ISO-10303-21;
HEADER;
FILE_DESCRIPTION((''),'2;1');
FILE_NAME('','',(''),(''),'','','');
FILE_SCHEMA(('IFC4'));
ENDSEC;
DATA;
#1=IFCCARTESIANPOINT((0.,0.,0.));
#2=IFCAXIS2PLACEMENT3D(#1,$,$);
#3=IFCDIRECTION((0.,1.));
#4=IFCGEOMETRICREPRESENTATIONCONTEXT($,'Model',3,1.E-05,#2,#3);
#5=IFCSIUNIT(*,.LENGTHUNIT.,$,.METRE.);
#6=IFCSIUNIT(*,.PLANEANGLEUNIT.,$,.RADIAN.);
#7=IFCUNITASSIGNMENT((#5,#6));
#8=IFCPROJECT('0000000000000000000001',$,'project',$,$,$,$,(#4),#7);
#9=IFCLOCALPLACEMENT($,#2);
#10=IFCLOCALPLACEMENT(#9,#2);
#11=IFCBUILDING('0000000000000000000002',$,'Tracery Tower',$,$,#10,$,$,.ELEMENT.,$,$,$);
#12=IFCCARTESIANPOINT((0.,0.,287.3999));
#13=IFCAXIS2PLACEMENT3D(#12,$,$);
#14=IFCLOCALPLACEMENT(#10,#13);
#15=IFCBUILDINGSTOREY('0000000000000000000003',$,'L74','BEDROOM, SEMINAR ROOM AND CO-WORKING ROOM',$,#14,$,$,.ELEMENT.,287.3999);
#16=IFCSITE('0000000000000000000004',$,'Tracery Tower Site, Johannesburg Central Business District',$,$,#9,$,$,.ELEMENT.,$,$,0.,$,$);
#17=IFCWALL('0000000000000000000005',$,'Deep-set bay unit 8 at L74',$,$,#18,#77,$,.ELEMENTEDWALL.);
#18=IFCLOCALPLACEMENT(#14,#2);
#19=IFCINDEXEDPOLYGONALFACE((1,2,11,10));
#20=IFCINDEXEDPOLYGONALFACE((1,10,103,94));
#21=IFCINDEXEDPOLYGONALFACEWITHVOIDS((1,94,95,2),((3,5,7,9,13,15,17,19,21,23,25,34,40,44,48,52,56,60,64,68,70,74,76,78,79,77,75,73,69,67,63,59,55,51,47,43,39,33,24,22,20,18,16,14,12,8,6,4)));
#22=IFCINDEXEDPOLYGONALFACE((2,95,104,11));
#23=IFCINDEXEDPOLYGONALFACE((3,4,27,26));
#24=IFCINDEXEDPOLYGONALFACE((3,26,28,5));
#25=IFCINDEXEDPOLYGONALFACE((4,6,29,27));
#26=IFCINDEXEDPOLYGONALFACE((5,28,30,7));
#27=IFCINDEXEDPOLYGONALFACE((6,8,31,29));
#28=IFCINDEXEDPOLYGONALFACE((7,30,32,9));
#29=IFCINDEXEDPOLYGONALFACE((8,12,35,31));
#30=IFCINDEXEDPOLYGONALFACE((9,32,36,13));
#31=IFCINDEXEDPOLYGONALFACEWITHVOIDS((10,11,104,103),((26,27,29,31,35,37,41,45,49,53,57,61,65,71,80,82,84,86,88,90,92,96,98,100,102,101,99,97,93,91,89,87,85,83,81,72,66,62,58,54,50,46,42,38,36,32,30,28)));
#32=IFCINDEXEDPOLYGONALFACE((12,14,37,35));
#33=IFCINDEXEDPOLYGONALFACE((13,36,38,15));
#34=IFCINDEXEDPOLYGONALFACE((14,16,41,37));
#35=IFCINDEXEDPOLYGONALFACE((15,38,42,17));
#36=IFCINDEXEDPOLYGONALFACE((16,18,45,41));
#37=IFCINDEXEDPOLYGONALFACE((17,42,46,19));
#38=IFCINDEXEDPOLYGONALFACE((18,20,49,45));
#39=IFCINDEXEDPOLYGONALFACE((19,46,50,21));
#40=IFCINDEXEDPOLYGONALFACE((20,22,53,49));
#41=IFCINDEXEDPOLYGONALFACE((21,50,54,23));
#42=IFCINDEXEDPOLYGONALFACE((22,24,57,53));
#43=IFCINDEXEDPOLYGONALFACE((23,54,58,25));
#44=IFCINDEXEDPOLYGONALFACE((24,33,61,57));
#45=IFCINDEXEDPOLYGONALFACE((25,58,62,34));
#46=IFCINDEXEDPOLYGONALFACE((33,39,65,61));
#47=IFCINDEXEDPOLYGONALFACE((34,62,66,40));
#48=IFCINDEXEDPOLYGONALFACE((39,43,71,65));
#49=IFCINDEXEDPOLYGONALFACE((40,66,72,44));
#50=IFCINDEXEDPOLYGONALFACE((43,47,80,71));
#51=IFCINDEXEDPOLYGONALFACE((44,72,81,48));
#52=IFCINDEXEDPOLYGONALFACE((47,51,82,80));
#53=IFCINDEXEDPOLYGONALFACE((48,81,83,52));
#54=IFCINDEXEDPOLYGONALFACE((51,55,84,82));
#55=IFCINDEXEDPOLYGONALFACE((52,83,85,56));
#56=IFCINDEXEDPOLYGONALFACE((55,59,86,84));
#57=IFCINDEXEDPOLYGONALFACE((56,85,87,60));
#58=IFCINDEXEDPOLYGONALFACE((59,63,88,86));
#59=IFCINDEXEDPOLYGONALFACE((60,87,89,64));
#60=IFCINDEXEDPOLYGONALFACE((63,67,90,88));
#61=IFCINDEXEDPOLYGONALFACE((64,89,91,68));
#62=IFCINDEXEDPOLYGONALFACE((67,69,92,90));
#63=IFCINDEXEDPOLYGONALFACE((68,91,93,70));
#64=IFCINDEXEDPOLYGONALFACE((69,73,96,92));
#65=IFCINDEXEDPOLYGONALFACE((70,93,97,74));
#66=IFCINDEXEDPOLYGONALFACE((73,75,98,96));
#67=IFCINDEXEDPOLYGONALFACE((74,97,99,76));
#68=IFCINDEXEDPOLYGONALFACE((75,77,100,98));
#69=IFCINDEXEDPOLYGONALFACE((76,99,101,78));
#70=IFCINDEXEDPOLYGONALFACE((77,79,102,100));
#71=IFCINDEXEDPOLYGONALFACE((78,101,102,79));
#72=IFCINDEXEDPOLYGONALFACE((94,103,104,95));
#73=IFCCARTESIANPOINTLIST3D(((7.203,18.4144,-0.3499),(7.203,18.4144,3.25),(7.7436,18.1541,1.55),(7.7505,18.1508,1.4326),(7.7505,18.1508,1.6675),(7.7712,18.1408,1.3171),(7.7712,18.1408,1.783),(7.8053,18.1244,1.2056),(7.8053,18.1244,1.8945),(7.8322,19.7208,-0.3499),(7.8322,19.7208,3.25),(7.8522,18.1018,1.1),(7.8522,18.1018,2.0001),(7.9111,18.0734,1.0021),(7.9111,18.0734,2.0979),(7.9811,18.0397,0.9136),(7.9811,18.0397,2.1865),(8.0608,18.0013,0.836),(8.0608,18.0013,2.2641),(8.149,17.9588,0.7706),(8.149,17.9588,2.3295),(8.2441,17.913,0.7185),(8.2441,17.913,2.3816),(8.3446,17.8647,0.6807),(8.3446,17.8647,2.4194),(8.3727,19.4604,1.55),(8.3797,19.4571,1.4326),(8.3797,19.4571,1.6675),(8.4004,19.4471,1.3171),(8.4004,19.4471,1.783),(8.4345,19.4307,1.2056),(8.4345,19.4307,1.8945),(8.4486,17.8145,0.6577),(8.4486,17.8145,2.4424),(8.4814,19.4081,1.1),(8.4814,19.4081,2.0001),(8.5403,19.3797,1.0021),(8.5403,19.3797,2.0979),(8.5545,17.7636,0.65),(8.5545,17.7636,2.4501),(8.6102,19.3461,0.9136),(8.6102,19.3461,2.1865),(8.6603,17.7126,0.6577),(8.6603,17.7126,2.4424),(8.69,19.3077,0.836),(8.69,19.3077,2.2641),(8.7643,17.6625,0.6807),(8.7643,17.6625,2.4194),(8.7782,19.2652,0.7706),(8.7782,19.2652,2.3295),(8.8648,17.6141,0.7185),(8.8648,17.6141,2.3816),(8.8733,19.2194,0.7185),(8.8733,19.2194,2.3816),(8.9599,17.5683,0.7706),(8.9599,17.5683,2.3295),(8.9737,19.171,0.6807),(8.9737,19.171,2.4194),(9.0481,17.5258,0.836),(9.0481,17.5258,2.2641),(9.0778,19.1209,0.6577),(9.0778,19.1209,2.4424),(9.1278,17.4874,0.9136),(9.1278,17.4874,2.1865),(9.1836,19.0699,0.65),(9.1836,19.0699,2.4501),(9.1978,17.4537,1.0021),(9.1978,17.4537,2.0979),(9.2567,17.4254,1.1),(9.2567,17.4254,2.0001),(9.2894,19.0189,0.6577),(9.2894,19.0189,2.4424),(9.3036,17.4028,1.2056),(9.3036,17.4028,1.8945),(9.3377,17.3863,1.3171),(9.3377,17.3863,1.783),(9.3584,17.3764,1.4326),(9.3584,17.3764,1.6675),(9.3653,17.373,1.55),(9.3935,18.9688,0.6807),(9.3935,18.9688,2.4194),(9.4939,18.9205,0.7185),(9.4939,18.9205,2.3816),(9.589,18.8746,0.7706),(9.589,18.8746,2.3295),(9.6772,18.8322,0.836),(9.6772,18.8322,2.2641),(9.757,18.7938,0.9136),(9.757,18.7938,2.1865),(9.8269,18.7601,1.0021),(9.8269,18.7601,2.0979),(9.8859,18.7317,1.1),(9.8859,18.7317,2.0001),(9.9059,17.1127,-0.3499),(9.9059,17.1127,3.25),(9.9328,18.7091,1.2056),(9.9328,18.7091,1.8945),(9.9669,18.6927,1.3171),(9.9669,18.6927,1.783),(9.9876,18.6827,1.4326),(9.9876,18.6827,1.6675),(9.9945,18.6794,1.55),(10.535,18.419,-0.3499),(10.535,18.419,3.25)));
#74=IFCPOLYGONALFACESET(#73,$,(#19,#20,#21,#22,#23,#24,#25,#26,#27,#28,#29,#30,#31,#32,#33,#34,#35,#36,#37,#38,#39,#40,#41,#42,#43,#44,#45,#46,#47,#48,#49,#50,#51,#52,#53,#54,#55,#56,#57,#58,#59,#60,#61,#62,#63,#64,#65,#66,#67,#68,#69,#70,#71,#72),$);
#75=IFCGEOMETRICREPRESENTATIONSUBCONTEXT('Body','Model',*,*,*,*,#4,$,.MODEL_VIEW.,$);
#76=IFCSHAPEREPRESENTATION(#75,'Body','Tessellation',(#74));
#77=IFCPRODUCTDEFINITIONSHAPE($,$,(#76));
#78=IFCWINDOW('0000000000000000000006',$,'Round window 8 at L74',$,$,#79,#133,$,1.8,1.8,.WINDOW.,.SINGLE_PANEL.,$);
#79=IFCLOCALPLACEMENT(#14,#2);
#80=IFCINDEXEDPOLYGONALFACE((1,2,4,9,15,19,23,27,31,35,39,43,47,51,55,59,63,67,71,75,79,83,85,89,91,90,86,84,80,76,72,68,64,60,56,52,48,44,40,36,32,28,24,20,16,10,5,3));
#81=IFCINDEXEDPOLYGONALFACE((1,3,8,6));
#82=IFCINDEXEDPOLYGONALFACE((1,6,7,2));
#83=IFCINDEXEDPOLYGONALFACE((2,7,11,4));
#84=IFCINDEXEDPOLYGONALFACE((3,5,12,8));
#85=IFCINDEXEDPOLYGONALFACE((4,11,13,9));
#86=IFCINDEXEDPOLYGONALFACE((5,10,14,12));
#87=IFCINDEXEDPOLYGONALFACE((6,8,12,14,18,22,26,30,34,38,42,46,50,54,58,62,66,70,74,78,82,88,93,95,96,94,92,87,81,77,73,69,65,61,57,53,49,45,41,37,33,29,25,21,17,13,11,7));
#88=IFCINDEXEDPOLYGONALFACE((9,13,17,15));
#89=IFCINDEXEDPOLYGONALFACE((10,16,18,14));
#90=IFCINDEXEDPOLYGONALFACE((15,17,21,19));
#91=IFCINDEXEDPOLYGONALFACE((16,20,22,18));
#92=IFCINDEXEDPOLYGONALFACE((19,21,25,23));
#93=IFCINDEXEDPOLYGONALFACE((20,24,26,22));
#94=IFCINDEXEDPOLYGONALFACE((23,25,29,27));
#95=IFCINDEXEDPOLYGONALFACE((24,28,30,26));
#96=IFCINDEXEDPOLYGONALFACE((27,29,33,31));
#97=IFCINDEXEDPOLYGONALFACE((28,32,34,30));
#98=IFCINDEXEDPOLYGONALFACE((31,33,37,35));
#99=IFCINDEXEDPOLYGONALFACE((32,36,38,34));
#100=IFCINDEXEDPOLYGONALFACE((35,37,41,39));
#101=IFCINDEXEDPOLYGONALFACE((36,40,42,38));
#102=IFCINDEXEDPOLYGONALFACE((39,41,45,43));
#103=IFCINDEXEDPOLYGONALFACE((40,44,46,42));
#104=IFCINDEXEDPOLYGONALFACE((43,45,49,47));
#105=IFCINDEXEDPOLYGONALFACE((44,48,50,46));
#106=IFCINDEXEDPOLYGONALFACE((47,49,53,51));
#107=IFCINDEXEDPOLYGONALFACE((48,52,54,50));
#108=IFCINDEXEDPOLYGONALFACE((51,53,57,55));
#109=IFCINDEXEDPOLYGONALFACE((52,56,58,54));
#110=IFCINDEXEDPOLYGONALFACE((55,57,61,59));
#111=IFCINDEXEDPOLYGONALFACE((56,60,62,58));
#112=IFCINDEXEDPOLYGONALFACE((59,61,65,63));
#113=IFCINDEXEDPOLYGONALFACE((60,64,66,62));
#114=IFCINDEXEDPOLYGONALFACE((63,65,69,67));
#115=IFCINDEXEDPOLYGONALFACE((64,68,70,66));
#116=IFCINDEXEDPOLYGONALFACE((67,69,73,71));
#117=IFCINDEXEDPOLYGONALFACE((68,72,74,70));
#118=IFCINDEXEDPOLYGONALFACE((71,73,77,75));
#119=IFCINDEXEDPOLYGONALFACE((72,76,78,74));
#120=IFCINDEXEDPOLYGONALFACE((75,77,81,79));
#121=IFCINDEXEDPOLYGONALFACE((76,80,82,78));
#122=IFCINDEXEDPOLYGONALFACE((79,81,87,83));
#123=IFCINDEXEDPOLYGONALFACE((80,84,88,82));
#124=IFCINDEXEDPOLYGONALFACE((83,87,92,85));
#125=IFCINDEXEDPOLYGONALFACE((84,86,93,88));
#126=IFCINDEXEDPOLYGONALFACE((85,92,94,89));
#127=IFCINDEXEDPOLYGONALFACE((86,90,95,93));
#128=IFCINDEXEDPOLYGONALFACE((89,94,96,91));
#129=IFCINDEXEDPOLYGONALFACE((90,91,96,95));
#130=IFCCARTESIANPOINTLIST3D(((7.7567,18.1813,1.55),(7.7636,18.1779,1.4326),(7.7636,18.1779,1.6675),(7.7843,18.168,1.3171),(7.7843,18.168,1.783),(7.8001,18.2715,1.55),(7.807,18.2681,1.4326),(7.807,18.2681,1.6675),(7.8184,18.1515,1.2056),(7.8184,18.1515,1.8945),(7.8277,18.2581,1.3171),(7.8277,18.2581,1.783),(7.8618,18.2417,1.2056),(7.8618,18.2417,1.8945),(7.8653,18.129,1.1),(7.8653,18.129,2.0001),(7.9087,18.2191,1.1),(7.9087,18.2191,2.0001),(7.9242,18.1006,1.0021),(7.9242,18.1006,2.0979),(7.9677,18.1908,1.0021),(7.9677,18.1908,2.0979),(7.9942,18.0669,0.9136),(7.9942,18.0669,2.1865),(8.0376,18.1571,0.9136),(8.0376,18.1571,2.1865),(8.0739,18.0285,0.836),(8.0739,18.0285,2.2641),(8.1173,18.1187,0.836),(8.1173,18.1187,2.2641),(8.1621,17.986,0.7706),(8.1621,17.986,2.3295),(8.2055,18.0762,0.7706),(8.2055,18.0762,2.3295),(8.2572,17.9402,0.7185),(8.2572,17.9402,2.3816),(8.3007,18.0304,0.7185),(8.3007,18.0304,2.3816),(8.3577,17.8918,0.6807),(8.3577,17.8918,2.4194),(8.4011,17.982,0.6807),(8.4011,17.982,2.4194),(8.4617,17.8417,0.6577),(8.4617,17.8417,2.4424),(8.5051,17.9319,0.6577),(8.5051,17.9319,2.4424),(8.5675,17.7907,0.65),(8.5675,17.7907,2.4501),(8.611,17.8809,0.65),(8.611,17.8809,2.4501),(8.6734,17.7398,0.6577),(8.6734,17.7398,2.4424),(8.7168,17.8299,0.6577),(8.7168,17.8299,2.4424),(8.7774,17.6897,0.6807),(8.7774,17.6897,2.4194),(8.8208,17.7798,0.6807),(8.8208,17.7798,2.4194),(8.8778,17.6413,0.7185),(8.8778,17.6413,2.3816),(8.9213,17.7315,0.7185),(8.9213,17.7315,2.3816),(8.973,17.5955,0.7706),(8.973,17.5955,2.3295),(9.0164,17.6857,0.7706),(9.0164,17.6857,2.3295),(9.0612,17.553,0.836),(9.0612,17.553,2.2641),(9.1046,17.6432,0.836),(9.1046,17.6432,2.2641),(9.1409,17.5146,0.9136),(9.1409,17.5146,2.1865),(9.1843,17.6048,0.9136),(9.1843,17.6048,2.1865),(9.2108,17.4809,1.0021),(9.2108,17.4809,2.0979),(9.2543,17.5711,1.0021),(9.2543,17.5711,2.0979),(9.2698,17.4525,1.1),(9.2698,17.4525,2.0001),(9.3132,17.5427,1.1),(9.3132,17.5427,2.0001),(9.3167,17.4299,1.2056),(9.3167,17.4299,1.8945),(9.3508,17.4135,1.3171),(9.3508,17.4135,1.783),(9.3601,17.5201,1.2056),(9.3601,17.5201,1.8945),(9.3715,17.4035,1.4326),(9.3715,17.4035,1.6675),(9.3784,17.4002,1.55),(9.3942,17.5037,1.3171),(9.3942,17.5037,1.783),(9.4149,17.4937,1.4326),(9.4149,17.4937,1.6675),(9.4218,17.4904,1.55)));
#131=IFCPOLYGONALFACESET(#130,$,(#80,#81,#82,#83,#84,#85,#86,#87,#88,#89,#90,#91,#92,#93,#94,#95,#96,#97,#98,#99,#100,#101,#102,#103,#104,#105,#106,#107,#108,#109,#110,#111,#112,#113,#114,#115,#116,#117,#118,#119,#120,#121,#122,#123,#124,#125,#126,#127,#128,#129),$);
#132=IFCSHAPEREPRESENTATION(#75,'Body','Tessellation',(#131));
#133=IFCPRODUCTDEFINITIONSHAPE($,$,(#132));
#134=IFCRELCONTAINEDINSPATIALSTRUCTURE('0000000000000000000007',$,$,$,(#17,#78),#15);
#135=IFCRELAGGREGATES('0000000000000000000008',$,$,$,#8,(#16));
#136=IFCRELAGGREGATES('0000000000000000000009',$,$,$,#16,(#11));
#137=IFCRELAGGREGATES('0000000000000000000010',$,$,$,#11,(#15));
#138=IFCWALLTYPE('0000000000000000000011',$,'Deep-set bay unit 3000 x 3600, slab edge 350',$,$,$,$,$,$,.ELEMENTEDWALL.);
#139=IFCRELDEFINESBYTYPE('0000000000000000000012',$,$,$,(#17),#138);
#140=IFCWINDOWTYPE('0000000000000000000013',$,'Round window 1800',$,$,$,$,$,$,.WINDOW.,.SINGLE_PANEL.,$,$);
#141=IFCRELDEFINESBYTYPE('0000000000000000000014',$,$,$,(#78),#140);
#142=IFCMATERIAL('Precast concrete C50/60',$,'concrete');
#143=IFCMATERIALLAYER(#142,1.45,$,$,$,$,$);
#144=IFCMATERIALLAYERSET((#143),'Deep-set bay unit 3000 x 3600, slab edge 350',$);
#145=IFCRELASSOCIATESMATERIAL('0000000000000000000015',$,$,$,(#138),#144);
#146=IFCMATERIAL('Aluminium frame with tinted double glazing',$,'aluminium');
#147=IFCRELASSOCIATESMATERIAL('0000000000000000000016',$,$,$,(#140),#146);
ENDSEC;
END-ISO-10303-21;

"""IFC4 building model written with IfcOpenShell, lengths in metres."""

from ifc_helpers import new_model, si_unit, direction, frame, frame_2d, origin, origin_2d, place, context, subcontext, project, spatial, rectangle, circle, extrude, material, layer, layer_set, type_object, element, fill, save


model = new_model("IFC4")

# Units and contexts
model_context = context("Model", 3, precision=1e-05, world=origin(), true_north=direction((0.0, 1.0)))
body_context = subcontext(model_context, "Body", "Model", "MODEL_VIEW")
ifc_project = project(units=[si_unit("LENGTHUNIT", "METRE"), si_unit("PLANEANGLEUNIT", "RADIAN")], contexts=[model_context])

# Site, building, storey
site_placement = place(None, origin())
site = spatial("IfcSite", under=ifc_project, at=site_placement, Name="Tracery Tower Site, Johannesburg Central Business District", CompositionType="ELEMENT", RefElevation=0.0)
building_placement = place(site_placement, origin())
building = spatial("IfcBuilding", under=site, at=building_placement, Name="Tracery Tower", CompositionType="ELEMENT")
storey_placement = place(building_placement, frame((0.0, 0.0, 287.3999)))
storey = spatial("IfcBuildingStorey", under=building, at=storey_placement, Name="L74", Description="BEDROOM, SEMINAR ROOM AND CO-WORKING ROOM", CompositionType="ELEMENT", Elevation=287.3999)

# Wall, opening, window
ifc_material_1 = material(Name="Precast concrete C50/60", Category="concrete")
ifc_layer_1 = layer(ifc_material_1, 1.45)
ifc_layer_set_1 = layer_set([ifc_layer_1], Name="Deep-set bay unit 3000 x 3600, slab edge 350")
wall_type_1 = type_object("IfcWallType", Name="Deep-set bay unit 3000 x 3600, slab edge 350", PredefinedType="ELEMENTEDWALL", material=ifc_layer_set_1)
ifc_material_2 = material(Name="Aluminium frame with tinted double glazing", Category="aluminium")
window_type = type_object("IfcWindowType", Name="Round window 1800", PartitioningType="SINGLE_PANEL", PredefinedType="WINDOW", material=ifc_material_2)
wall_1_placement = place(storey_placement, frame((10.2205, 17.7659, -0.3499), z_axis=(0.0, 0.0, 1.0), x_axis=(-0.900953, 0.433916, 0.0)))
wall_1 = element("IfcWall", 1, at=wall_1_placement, inside=storey, type_object=wall_type_1, Name="Deep-set bay unit 8 at L74", PredefinedType="ELEMENTEDWALL", context=body_context, shape_type="SweptSolid", body=[
    extrude(rectangle(XDim=3.0, YDim=1.45, at=frame_2d((1.5, 0.0))), origin(), (0.0, 0.0, 1.0), 3.5999),
])
opening_1_placement = place(wall_1_placement, frame((1.5, 0.0, 1.8999)))
opening_1 = element("IfcOpeningElement", 2, at=opening_1_placement, cuts=wall_1, PredefinedType="OPENING", context=body_context, shape_type="SweptSolid", body=[
    extrude(circle(Radius=0.9, at=origin_2d()), frame((0.0, 0.7349, 0.0), z_axis=(0.0, -1.0, 0.0), x_axis=(1.0, 0.0, 0.0)), (0.0, 0.0, 1.0), 1.47),
])
window_1_placement = place(opening_1_placement, origin())
window_1 = element("IfcWindow", 3, at=window_1_placement, inside=storey, type_object=window_type, Name="Round window 8 at L74", OverallHeight=1.8, OverallWidth=1.8, PartitioningType="SINGLE_PANEL", PredefinedType="WINDOW", context=body_context, shape_type="SweptSolid", body=[
    extrude(circle(Radius=0.9, at=origin_2d()), frame((0.0, 0.6948, 0.0), z_axis=(0.0, -1.0, 0.0), x_axis=(1.0, 0.0, 0.0)), (0.0, 0.0, 1.0), 0.1001),
])
fill(opening_1, window_1)

save(model, "model.ifc")
